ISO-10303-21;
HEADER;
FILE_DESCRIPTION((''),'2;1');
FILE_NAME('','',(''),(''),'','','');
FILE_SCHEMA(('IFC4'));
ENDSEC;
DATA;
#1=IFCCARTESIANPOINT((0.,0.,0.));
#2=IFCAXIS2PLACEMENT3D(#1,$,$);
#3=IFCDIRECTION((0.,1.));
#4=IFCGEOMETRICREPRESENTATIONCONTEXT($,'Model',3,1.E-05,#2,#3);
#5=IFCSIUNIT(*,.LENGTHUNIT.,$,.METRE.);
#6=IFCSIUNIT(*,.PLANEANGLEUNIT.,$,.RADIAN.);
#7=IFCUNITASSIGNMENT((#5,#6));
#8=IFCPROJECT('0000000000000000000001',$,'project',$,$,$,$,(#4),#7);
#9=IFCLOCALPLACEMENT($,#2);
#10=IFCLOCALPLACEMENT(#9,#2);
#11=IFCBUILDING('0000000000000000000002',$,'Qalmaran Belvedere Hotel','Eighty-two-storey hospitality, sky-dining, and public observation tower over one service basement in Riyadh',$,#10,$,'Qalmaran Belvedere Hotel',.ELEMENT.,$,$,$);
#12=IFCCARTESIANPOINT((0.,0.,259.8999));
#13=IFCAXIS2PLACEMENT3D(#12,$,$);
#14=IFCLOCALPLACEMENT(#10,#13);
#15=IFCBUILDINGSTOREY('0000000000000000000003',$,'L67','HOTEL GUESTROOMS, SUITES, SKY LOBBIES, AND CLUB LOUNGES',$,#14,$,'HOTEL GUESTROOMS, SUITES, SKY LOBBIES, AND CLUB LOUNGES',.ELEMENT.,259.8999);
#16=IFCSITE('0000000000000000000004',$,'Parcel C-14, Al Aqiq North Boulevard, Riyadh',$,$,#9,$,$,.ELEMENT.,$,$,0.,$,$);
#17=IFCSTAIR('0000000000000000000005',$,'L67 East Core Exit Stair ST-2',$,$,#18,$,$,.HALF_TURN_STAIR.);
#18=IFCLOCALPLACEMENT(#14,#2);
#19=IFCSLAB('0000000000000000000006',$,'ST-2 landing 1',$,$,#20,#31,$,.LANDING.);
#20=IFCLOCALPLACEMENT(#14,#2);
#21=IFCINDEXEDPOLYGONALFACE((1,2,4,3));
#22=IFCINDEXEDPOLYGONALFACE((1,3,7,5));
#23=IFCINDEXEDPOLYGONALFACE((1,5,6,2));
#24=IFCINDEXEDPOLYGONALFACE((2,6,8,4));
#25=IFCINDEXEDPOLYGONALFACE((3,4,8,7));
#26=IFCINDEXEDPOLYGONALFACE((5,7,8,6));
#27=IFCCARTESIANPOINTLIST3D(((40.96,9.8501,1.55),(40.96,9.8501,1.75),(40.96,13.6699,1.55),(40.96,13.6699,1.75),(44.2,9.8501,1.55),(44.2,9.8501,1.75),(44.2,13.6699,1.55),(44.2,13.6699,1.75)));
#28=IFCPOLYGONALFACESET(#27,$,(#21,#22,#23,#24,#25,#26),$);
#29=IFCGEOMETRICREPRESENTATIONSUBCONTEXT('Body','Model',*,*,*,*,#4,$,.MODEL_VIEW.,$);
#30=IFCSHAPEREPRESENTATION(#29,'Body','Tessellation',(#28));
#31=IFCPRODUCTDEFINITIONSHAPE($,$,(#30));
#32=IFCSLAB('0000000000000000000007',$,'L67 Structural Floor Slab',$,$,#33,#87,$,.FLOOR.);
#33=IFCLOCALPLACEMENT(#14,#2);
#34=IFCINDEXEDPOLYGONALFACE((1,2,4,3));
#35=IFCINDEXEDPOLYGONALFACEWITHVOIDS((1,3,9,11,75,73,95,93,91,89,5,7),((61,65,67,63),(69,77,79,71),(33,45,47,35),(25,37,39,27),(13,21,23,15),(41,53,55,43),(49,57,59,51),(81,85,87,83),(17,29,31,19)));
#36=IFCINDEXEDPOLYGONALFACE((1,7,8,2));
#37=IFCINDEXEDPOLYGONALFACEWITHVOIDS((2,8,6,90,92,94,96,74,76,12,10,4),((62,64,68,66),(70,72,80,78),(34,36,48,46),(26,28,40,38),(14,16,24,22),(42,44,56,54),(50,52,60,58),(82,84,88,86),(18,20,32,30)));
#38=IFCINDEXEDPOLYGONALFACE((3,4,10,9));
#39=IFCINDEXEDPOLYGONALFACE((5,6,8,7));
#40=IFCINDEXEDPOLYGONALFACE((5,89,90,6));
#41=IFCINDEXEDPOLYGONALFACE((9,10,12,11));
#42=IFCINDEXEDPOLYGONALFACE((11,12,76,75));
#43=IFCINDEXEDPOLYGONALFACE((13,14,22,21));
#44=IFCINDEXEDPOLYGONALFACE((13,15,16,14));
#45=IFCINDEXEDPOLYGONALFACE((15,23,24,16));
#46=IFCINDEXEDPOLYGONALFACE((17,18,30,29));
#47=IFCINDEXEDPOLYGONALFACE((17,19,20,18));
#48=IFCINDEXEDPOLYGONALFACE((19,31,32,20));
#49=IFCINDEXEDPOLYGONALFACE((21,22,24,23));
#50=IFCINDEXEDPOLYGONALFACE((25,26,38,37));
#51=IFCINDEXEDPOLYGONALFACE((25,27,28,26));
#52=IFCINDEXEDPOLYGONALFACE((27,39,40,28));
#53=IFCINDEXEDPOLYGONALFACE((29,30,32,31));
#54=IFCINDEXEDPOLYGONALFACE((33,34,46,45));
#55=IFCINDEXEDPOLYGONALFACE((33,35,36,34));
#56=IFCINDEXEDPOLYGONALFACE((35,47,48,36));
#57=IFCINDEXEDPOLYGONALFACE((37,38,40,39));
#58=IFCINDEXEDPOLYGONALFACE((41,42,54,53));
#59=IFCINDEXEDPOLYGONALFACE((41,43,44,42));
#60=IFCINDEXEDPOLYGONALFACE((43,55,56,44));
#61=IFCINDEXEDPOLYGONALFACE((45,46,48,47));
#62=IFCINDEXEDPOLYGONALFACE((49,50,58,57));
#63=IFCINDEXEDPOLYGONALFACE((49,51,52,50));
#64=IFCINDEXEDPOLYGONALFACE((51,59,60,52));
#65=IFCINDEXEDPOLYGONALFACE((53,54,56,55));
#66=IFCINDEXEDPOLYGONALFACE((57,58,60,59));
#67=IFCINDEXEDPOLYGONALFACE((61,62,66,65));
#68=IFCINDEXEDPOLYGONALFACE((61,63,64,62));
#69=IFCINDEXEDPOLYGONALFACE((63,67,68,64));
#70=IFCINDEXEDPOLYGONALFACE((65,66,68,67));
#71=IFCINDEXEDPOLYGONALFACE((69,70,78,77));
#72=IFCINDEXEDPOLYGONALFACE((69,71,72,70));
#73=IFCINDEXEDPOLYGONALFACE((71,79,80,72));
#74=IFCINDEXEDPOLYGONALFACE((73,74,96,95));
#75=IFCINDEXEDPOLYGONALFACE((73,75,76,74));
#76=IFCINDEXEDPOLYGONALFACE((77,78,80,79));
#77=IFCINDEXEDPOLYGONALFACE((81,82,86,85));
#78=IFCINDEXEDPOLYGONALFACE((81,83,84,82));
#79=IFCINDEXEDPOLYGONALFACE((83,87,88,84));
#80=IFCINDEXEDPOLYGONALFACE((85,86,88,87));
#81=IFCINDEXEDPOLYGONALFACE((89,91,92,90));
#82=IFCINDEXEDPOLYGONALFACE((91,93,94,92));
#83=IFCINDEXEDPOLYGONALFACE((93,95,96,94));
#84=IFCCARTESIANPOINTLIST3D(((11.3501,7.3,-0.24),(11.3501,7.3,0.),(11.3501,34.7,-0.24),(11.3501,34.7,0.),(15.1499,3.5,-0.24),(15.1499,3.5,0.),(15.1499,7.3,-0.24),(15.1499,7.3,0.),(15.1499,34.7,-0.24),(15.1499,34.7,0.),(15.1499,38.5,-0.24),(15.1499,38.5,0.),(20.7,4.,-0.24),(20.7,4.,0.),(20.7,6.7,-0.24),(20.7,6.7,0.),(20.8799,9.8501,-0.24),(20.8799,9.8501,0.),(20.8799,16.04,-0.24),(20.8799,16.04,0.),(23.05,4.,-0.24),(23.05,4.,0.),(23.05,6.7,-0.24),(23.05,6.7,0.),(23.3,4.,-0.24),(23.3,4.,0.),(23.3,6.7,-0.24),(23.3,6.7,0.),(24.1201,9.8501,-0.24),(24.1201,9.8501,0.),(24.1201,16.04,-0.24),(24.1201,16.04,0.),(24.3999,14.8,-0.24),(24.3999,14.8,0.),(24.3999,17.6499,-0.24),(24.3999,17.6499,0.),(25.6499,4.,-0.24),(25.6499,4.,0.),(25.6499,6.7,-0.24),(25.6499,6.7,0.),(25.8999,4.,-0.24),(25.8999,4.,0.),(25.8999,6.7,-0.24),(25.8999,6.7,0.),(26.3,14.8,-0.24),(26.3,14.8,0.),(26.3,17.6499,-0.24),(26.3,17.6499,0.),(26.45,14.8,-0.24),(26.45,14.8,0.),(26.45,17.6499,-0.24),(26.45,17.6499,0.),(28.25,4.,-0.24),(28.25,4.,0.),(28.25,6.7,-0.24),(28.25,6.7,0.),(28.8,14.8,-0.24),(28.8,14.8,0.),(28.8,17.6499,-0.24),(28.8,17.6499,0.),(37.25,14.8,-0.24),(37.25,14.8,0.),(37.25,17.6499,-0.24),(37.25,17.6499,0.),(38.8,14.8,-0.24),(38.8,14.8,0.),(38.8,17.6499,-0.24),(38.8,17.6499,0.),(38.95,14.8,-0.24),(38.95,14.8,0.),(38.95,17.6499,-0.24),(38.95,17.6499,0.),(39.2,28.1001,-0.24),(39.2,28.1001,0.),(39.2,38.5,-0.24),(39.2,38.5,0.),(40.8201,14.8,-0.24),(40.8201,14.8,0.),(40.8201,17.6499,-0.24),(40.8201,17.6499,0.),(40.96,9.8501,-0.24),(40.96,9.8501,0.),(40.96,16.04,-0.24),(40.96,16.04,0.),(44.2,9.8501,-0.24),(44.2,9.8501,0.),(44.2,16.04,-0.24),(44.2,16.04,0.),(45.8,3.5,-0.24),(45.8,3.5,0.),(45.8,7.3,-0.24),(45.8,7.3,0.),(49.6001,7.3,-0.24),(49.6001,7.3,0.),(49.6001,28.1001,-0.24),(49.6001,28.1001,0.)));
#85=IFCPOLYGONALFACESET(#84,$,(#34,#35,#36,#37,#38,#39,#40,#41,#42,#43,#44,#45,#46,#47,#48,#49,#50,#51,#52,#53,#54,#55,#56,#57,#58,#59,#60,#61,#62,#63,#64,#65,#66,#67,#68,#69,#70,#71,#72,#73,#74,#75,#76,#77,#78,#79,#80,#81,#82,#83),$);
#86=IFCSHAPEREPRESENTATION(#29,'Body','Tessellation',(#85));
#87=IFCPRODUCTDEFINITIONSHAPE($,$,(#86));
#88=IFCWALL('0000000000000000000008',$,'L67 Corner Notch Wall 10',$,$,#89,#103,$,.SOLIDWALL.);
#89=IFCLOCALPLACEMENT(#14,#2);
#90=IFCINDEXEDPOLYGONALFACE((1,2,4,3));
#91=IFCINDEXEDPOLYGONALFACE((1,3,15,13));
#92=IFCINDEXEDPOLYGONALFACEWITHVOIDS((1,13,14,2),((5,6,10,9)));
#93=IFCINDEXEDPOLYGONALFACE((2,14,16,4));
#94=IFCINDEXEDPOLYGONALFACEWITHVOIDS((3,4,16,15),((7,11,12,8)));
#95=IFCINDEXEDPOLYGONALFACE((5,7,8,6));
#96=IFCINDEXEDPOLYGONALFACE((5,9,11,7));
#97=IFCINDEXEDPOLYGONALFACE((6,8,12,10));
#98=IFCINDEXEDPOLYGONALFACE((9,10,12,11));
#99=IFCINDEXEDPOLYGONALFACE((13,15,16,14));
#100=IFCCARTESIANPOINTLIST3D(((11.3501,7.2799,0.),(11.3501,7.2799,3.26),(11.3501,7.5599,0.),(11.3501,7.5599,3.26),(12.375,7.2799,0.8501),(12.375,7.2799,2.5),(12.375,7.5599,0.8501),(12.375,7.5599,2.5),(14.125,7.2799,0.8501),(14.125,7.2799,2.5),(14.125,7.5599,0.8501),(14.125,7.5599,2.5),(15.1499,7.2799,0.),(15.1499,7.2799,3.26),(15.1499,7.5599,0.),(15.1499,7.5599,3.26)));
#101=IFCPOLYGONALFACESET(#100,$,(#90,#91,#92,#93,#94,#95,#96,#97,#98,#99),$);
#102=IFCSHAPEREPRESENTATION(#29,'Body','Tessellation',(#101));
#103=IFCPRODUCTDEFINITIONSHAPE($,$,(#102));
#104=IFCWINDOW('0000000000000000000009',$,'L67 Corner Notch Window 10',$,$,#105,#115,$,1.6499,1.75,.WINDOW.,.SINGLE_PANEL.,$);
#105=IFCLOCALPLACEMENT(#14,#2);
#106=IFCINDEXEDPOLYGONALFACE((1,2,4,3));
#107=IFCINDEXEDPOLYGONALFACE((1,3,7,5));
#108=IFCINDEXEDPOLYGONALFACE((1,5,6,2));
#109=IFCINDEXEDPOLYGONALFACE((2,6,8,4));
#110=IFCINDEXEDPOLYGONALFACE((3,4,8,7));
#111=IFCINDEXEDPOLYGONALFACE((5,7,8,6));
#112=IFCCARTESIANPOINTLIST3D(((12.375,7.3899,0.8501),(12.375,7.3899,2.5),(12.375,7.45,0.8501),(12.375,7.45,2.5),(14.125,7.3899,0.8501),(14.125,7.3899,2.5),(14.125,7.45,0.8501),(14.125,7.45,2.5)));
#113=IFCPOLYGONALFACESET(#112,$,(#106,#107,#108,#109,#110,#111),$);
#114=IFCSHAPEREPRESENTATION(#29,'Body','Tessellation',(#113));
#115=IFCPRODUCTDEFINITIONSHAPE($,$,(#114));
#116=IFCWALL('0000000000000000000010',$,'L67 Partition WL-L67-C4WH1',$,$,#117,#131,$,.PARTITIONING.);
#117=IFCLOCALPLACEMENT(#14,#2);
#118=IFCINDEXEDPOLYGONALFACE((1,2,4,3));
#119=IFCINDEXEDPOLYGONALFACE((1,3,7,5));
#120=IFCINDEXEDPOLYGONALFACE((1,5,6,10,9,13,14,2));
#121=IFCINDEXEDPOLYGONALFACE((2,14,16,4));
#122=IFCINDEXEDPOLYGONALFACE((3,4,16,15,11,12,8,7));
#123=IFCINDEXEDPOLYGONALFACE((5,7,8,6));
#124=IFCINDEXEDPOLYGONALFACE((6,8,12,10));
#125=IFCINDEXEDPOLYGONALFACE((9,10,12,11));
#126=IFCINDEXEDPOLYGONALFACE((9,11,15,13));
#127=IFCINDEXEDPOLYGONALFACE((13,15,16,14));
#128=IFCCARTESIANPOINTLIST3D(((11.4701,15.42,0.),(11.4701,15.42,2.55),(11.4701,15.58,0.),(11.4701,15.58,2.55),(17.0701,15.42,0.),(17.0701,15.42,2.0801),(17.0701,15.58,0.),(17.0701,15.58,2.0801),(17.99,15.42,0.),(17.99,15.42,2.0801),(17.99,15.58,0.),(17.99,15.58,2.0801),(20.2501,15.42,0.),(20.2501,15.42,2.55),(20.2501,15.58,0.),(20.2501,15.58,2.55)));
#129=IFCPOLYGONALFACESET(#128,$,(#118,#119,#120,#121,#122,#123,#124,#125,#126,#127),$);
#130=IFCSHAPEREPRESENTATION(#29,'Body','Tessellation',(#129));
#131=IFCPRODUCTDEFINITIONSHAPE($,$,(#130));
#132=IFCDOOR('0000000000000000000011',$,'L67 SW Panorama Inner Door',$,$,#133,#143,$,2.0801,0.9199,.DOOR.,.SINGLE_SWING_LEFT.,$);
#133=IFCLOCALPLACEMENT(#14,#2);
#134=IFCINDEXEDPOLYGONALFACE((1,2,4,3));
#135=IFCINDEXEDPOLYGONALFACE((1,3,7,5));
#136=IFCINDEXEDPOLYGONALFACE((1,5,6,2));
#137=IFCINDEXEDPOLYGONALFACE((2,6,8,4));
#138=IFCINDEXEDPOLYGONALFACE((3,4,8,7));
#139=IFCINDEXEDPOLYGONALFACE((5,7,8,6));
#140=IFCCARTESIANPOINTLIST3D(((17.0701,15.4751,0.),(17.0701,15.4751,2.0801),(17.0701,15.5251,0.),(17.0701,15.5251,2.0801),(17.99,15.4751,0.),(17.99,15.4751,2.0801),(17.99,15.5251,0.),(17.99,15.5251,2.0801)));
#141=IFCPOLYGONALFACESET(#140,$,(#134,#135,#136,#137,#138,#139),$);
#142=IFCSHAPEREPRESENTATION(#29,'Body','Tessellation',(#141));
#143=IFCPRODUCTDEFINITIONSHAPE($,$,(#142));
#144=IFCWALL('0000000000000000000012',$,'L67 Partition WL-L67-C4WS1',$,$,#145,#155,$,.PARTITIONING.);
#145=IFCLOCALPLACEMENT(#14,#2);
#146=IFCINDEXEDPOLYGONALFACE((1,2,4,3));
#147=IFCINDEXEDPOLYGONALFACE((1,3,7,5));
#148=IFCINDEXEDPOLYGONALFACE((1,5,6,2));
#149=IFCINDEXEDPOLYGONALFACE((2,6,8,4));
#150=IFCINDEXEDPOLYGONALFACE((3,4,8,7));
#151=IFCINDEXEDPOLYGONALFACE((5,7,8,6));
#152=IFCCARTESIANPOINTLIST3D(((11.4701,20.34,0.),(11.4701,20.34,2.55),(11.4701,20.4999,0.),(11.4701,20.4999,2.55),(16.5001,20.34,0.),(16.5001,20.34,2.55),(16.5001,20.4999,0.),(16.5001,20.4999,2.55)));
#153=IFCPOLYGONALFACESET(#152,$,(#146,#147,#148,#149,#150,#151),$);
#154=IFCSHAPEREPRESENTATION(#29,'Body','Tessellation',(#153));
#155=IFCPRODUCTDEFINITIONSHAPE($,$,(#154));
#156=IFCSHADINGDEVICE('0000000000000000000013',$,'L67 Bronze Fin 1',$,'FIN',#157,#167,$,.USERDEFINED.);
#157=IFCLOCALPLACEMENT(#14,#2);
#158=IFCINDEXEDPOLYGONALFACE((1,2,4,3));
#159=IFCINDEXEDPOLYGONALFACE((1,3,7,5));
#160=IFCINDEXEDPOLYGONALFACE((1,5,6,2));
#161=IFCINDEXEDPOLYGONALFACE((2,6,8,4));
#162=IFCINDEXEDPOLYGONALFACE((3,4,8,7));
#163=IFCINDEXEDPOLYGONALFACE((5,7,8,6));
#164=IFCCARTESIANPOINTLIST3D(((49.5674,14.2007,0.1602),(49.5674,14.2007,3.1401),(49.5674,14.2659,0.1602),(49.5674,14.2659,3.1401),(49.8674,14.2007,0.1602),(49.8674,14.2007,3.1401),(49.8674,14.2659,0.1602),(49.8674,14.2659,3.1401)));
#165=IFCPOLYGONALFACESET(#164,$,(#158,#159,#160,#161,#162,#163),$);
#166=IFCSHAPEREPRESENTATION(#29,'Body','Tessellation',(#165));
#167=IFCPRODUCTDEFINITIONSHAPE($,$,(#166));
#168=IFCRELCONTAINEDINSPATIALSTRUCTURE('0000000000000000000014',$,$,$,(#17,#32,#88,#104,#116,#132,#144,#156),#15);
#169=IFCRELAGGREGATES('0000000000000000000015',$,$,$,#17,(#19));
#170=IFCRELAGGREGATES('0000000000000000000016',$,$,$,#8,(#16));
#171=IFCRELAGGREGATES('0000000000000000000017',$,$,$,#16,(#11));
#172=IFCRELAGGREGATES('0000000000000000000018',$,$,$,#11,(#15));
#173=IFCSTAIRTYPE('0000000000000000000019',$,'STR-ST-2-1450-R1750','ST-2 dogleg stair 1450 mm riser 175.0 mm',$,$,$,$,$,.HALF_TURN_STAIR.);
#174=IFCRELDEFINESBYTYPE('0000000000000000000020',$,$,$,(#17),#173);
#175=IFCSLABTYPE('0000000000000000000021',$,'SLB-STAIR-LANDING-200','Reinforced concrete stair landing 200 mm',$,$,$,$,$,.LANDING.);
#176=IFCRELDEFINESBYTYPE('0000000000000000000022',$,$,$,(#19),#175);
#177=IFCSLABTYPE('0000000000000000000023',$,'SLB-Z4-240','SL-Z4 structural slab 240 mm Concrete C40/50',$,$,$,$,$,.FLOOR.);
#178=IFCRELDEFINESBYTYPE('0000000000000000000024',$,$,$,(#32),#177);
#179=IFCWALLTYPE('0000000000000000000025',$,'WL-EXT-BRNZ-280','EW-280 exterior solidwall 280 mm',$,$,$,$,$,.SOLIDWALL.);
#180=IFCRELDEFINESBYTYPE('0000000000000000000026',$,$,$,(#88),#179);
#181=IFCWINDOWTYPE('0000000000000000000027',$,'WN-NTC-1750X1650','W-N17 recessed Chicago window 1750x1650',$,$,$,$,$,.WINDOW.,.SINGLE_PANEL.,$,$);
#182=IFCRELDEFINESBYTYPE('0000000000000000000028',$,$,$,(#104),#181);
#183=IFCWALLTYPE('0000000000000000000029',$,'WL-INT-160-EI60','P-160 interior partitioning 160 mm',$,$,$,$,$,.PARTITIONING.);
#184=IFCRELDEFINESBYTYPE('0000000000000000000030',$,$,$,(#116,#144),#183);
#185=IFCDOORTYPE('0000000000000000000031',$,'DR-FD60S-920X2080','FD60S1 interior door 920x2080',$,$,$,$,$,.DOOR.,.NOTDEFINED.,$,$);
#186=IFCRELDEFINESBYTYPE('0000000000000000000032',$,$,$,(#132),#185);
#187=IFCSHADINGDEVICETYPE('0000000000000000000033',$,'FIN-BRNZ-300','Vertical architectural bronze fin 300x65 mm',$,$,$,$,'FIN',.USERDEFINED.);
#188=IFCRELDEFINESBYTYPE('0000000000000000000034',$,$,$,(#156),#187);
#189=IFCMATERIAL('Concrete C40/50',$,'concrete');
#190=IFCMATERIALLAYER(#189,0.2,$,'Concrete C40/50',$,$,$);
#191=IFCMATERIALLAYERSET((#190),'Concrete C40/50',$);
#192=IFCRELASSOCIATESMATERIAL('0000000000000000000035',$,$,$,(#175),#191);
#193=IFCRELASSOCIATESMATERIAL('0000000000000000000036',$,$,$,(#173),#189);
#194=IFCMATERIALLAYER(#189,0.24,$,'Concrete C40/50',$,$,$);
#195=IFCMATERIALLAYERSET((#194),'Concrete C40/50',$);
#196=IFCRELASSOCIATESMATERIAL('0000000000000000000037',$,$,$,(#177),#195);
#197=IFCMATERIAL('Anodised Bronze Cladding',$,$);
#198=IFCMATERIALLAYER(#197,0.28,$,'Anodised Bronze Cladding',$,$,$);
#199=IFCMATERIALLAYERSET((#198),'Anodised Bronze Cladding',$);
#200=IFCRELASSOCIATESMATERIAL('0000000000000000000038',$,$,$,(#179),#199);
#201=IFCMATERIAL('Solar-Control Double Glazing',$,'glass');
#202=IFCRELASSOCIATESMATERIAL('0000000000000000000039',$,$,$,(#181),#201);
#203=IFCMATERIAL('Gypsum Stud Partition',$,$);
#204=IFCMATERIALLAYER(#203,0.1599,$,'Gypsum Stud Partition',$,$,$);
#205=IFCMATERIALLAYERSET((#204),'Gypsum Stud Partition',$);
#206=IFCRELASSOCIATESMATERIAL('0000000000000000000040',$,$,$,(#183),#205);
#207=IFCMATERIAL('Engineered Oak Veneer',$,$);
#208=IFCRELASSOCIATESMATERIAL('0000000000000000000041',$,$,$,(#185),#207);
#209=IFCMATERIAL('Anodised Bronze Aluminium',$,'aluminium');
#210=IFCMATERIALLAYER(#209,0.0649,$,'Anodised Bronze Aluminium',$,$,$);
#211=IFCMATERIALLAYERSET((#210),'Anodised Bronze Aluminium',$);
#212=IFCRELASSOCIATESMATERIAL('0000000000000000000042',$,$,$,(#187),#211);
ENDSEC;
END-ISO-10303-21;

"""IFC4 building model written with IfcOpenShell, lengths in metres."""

from ifc_helpers import new_model, si_unit, direction, frame, frame_2d, origin, place, context, subcontext, project, spatial, polyline, rectangle, outline, extrude, material, layer, layer_set, type_object, element, fill, aggregate, save


model = new_model("IFC4")

# Units and contexts
model_context = context("Model", 3, precision=1e-05, world=origin(), true_north=direction((0.0, 1.0)))
body_context = subcontext(model_context, "Body", "Model", "MODEL_VIEW")
ifc_project = project(units=[si_unit("LENGTHUNIT", "METRE"), si_unit("PLANEANGLEUNIT", "RADIAN")], contexts=[model_context])

# Site, building, storey
site_placement = place(None, origin())
site = spatial("IfcSite", under=ifc_project, at=site_placement, Name="Parcel C-14, Al Aqiq North Boulevard, Riyadh", CompositionType="ELEMENT", RefElevation=0.0)
building_placement = place(site_placement, origin())
building = spatial("IfcBuilding", under=site, at=building_placement, Name="Qalmaran Belvedere Hotel", Description="Eighty-two-storey hospitality, sky-dining, and public observation tower over one service basement in Riyadh", LongName="Qalmaran Belvedere Hotel", CompositionType="ELEMENT")
storey_placement = place(building_placement, frame((0.0, 0.0, 259.8999)))
storey = spatial("IfcBuildingStorey", under=building, at=storey_placement, Name="L67", Description="HOTEL GUESTROOMS, SUITES, SKY LOBBIES, AND CLUB LOUNGES", LongName="HOTEL GUESTROOMS, SUITES, SKY LOBBIES, AND CLUB LOUNGES", CompositionType="ELEMENT", Elevation=259.8999)

# Shared definitions
ifc_material_1 = material(Name="Anodised Bronze Aluminium", Category="aluminium")

# Shared definitions
ifc_material_2 = material(Name="Solar-Control Double Glazing", Category="glass")

# Shared definitions
ifc_material_3 = material(Name="Concrete C40/50", Category="concrete")

# Stair, slab
ifc_layer_1 = layer(ifc_material_3, 0.2, Name="Concrete C40/50")
ifc_layer_set_1 = layer_set([ifc_layer_1], Name="Concrete C40/50")
slab_type_1 = type_object("IfcSlabType", Name="SLB-STAIR-LANDING-200", Description="Reinforced concrete stair landing 200 mm", PredefinedType="LANDING", material=ifc_layer_set_1)
stair_type_1 = type_object("IfcStairType", Name="STR-ST-2-1450-R1750", Description="ST-2 dogleg stair 1450 mm riser 175.0 mm", PredefinedType="HALF_TURN_STAIR", material=ifc_material_3)
stair_1_placement = place(storey_placement, origin())
stair_1 = element("IfcStair", 1, at=stair_1_placement, inside=storey, type_object=stair_type_1, Name="L67 East Core Exit Stair ST-2", PredefinedType="HALF_TURN_STAIR")
slab_1_placement = place(storey_placement, frame((0.0, 0.0, 1.55)))
slab_1 = element("IfcSlab", 2, at=slab_1_placement, type_object=slab_type_1, Name="ST-2 landing 1", PredefinedType="LANDING", context=body_context, shape_type="SweptSolid", body=[
    extrude(outline(polyline([(40.96, 13.6699), (40.96, 9.8501), (44.2, 9.8501), (44.2, 13.6699), (40.96, 13.6699)])), origin(), (0.0, 0.0, 1.0), 0.2),
])
aggregate(stair_1, [slab_1])

# Slab
ifc_layer_2 = layer(ifc_material_3, 0.24, Name="Concrete C40/50")
ifc_layer_set_2 = layer_set([ifc_layer_2], Name="Concrete C40/50")
slab_type_2 = type_object("IfcSlabType", Name="SLB-Z4-240", Description="SL-Z4 structural slab 240 mm Concrete C40/50", PredefinedType="FLOOR", material=ifc_layer_set_2)
slab_2_placement = place(storey_placement, frame((0.0, 0.0, -0.24)))
element("IfcSlab", 3, at=slab_2_placement, inside=storey, type_object=slab_type_2, Name="L67 Structural Floor Slab", PredefinedType="FLOOR", context=body_context, shape_type="SweptSolid", body=[
    extrude(outline(polyline([(15.1499, 3.5), (45.8, 3.5), (45.8, 7.3), (49.6001, 7.3), (49.6001, 28.1001), (39.2, 28.1001), (39.2, 38.5), (15.1499, 38.5), (15.1499, 34.7), (11.3501, 34.7), (11.3501, 7.3), (15.1499, 7.3), (15.1499, 3.5)]), holes=[polyline([(20.8799, 9.8501), (24.1201, 9.8501), (24.1201, 16.04), (20.8799, 16.04), (20.8799, 9.8501)]), polyline([(40.96, 9.8501), (44.2, 9.8501), (44.2, 16.04), (40.96, 16.04), (40.96, 9.8501)]), polyline([(20.7, 4.0), (23.05, 4.0), (23.05, 6.7), (20.7, 6.7), (20.7, 4.0)]), polyline([(23.3, 4.0), (25.6499, 4.0), (25.6499, 6.7), (23.3, 6.7), (23.3, 4.0)]), polyline([(25.8999, 4.0), (28.25, 4.0), (28.25, 6.7), (25.8999, 6.7), (25.8999, 4.0)]), polyline([(24.3999, 14.8), (26.3, 14.8), (26.3, 17.6499), (24.3999, 17.6499), (24.3999, 14.8)]), polyline([(38.95, 14.8), (40.8201, 14.8), (40.8201, 17.6499), (38.95, 17.6499), (38.95, 14.8)]), polyline([(26.45, 14.8), (28.8, 14.8), (28.8, 17.6499), (26.45, 17.6499), (26.45, 14.8)]), polyline([(37.25, 14.8), (38.8, 14.8), (38.8, 17.6499), (37.25, 17.6499), (37.25, 14.8)])]), origin(), (0.0, 0.0, 1.0), 0.24),
])

# Wall, opening, window
ifc_material_4 = material(Name="Anodised Bronze Cladding")
ifc_layer_3 = layer(ifc_material_4, 0.28, Name="Anodised Bronze Cladding")
ifc_layer_set_3 = layer_set([ifc_layer_3], Name="Anodised Bronze Cladding")
wall_type_1 = type_object("IfcWallType", Name="WL-EXT-BRNZ-280", Description="EW-280 exterior solidwall 280 mm", PredefinedType="SOLIDWALL", material=ifc_layer_set_3)
wall_1_placement = place(storey_placement, frame((11.3501, 7.4199, 0.0), z_axis=(0.0, 0.0, 1.0), x_axis=(1.0, 0.0, 0.0)))
wall_1 = element("IfcWall", 4, at=wall_1_placement, inside=storey, type_object=wall_type_1, Name="L67 Corner Notch Wall 10", PredefinedType="SOLIDWALL", context=body_context, shape_type="SweptSolid", body=[
    extrude(rectangle(XDim=3.7998, YDim=0.28, at=frame_2d((1.8999, 0.0))), origin(), (0.0, 0.0, 1.0), 3.26),
])
opening_1_placement = place(wall_1_placement, frame((1.0249, 0.0, 0.8501)))
opening_1 = element("IfcOpeningElement", 5, at=opening_1_placement, cuts=wall_1, PredefinedType="OPENING", context=body_context, shape_type="SweptSolid", body=[
    extrude(rectangle(XDim=1.75, YDim=1.6499, at=frame_2d((0.875, 0.825))), frame((0.0, 0.1499, 0.0), z_axis=(0.0, -1.0, 0.0), x_axis=(1.0, 0.0, 0.0)), (0.0, 0.0, 1.0), 0.3),
])
window_type = type_object("IfcWindowType", Name="WN-NTC-1750X1650", Description="W-N17 recessed Chicago window 1750x1650", PartitioningType="SINGLE_PANEL", PredefinedType="WINDOW", material=ifc_material_2)
window_placement = place(opening_1_placement, origin())
window = element("IfcWindow", 6, at=window_placement, inside=storey, type_object=window_type, Name="L67 Corner Notch Window 10", OverallHeight=1.6499, OverallWidth=1.75, PartitioningType="SINGLE_PANEL", PredefinedType="WINDOW", context=body_context, shape_type="SweptSolid", body=[
    extrude(rectangle(XDim=1.75, YDim=1.6499, at=frame_2d((0.875, 0.825))), frame((0.0, 0.03, 0.0), z_axis=(0.0, -1.0, 0.0), x_axis=(1.0, 0.0, 0.0)), (0.0, 0.0, 1.0), 0.0601),
])
fill(opening_1, window)

# Wall, opening, door
ifc_material_5 = material(Name="Gypsum Stud Partition")
ifc_layer_4 = layer(ifc_material_5, 0.1599, Name="Gypsum Stud Partition")
ifc_layer_set_4 = layer_set([ifc_layer_4], Name="Gypsum Stud Partition")
wall_type_2 = type_object("IfcWallType", Name="WL-INT-160-EI60", Description="P-160 interior partitioning 160 mm", PredefinedType="PARTITIONING", material=ifc_layer_set_4)
wall_2_placement = place(storey_placement, frame((11.47, 15.5, 0.0), z_axis=(0.0, 0.0, 1.0), x_axis=(1.0, 0.0, 0.0)))
wall_2 = element("IfcWall", 7, at=wall_2_placement, inside=storey, type_object=wall_type_2, Name="L67 Partition WL-L67-C4WH1", PredefinedType="PARTITIONING", context=body_context, shape_type="SweptSolid", body=[
    extrude(rectangle(XDim=8.78, YDim=0.1599, at=frame_2d((4.3901, 0.0))), origin(), (0.0, 0.0, 1.0), 2.55),
])
opening_2_placement = place(wall_2_placement, frame((6.52, 0.0, 0.0), z_axis=(0.0, 0.0, 1.0), x_axis=(-1.0, 0.0, 0.0)))
opening_2 = element("IfcOpeningElement", 8, at=opening_2_placement, cuts=wall_2, PredefinedType="OPENING", context=body_context, shape_type="SweptSolid", body=[
    extrude(rectangle(XDim=0.9199, YDim=2.0801, at=frame_2d((0.46, 1.04))), frame((0.0, 0.0898, 0.0), z_axis=(0.0, -1.0, 0.0), x_axis=(1.0, 0.0, 0.0)), (0.0, 0.0, 1.0), 0.1799),
])
ifc_material_6 = material(Name="Engineered Oak Veneer")
door_type = type_object("IfcDoorType", Name="DR-FD60S-920X2080", Description="FD60S1 interior door 920x2080", OperationType="NOTDEFINED", PredefinedType="DOOR", material=ifc_material_6)
door_placement = place(opening_2_placement, origin())
door = element("IfcDoor", 9, at=door_placement, inside=storey, type_object=door_type, Name="L67 SW Panorama Inner Door", OperationType="SINGLE_SWING_LEFT", OverallHeight=2.0801, OverallWidth=0.9199, PredefinedType="DOOR", context=body_context, shape_type="SweptSolid", body=[
    extrude(rectangle(XDim=0.9199, YDim=2.0801, at=frame_2d((0.46, 1.04))), frame((0.0, 0.0249, 0.0), z_axis=(0.0, -1.0, 0.0), x_axis=(1.0, 0.0, 0.0)), (0.0, 0.0, 1.0), 0.05),
])
fill(opening_2, door)

# Wall
wall_3_placement = place(storey_placement, frame((11.47, 20.4199, 0.0), z_axis=(0.0, 0.0, 1.0), x_axis=(1.0, 0.0, 0.0)))
element("IfcWall", 10, at=wall_3_placement, inside=storey, type_object=wall_type_2, Name="L67 Partition WL-L67-C4WS1", PredefinedType="PARTITIONING", context=body_context, shape_type="SweptSolid", body=[
    extrude(rectangle(XDim=5.03, YDim=0.1599, at=frame_2d((2.5151, 0.0))), origin(), (0.0, 0.0, 1.0), 2.55),
])

# Shading device
ifc_layer_5 = layer(ifc_material_1, 0.0649, Name="Anodised Bronze Aluminium")
ifc_layer_set_5 = layer_set([ifc_layer_5], Name="Anodised Bronze Aluminium")
shading_device_type = type_object("IfcShadingDeviceType", Name="FIN-BRNZ-300", Description="Vertical architectural bronze fin 300x65 mm", ElementType="FIN", PredefinedType="USERDEFINED", material=ifc_layer_set_5)
shading_device_1_placement = place(storey_placement, frame((0.0, 0.0, 0.1602)))
element("IfcShadingDevice", 11, at=shading_device_1_placement, inside=storey, type_object=shading_device_type, Name="L67 Bronze Fin 1", ObjectType="FIN", PredefinedType="USERDEFINED", context=body_context, shape_type="SweptSolid", body=[
    extrude(outline(polyline([(49.5674, 14.2007), (49.8674, 14.2007), (49.8674, 14.2659), (49.5674, 14.2659), (49.5674, 14.2007)])), origin(), (0.0, 0.0, 1.0), 2.98),
])

save(model, "model.ifc")
